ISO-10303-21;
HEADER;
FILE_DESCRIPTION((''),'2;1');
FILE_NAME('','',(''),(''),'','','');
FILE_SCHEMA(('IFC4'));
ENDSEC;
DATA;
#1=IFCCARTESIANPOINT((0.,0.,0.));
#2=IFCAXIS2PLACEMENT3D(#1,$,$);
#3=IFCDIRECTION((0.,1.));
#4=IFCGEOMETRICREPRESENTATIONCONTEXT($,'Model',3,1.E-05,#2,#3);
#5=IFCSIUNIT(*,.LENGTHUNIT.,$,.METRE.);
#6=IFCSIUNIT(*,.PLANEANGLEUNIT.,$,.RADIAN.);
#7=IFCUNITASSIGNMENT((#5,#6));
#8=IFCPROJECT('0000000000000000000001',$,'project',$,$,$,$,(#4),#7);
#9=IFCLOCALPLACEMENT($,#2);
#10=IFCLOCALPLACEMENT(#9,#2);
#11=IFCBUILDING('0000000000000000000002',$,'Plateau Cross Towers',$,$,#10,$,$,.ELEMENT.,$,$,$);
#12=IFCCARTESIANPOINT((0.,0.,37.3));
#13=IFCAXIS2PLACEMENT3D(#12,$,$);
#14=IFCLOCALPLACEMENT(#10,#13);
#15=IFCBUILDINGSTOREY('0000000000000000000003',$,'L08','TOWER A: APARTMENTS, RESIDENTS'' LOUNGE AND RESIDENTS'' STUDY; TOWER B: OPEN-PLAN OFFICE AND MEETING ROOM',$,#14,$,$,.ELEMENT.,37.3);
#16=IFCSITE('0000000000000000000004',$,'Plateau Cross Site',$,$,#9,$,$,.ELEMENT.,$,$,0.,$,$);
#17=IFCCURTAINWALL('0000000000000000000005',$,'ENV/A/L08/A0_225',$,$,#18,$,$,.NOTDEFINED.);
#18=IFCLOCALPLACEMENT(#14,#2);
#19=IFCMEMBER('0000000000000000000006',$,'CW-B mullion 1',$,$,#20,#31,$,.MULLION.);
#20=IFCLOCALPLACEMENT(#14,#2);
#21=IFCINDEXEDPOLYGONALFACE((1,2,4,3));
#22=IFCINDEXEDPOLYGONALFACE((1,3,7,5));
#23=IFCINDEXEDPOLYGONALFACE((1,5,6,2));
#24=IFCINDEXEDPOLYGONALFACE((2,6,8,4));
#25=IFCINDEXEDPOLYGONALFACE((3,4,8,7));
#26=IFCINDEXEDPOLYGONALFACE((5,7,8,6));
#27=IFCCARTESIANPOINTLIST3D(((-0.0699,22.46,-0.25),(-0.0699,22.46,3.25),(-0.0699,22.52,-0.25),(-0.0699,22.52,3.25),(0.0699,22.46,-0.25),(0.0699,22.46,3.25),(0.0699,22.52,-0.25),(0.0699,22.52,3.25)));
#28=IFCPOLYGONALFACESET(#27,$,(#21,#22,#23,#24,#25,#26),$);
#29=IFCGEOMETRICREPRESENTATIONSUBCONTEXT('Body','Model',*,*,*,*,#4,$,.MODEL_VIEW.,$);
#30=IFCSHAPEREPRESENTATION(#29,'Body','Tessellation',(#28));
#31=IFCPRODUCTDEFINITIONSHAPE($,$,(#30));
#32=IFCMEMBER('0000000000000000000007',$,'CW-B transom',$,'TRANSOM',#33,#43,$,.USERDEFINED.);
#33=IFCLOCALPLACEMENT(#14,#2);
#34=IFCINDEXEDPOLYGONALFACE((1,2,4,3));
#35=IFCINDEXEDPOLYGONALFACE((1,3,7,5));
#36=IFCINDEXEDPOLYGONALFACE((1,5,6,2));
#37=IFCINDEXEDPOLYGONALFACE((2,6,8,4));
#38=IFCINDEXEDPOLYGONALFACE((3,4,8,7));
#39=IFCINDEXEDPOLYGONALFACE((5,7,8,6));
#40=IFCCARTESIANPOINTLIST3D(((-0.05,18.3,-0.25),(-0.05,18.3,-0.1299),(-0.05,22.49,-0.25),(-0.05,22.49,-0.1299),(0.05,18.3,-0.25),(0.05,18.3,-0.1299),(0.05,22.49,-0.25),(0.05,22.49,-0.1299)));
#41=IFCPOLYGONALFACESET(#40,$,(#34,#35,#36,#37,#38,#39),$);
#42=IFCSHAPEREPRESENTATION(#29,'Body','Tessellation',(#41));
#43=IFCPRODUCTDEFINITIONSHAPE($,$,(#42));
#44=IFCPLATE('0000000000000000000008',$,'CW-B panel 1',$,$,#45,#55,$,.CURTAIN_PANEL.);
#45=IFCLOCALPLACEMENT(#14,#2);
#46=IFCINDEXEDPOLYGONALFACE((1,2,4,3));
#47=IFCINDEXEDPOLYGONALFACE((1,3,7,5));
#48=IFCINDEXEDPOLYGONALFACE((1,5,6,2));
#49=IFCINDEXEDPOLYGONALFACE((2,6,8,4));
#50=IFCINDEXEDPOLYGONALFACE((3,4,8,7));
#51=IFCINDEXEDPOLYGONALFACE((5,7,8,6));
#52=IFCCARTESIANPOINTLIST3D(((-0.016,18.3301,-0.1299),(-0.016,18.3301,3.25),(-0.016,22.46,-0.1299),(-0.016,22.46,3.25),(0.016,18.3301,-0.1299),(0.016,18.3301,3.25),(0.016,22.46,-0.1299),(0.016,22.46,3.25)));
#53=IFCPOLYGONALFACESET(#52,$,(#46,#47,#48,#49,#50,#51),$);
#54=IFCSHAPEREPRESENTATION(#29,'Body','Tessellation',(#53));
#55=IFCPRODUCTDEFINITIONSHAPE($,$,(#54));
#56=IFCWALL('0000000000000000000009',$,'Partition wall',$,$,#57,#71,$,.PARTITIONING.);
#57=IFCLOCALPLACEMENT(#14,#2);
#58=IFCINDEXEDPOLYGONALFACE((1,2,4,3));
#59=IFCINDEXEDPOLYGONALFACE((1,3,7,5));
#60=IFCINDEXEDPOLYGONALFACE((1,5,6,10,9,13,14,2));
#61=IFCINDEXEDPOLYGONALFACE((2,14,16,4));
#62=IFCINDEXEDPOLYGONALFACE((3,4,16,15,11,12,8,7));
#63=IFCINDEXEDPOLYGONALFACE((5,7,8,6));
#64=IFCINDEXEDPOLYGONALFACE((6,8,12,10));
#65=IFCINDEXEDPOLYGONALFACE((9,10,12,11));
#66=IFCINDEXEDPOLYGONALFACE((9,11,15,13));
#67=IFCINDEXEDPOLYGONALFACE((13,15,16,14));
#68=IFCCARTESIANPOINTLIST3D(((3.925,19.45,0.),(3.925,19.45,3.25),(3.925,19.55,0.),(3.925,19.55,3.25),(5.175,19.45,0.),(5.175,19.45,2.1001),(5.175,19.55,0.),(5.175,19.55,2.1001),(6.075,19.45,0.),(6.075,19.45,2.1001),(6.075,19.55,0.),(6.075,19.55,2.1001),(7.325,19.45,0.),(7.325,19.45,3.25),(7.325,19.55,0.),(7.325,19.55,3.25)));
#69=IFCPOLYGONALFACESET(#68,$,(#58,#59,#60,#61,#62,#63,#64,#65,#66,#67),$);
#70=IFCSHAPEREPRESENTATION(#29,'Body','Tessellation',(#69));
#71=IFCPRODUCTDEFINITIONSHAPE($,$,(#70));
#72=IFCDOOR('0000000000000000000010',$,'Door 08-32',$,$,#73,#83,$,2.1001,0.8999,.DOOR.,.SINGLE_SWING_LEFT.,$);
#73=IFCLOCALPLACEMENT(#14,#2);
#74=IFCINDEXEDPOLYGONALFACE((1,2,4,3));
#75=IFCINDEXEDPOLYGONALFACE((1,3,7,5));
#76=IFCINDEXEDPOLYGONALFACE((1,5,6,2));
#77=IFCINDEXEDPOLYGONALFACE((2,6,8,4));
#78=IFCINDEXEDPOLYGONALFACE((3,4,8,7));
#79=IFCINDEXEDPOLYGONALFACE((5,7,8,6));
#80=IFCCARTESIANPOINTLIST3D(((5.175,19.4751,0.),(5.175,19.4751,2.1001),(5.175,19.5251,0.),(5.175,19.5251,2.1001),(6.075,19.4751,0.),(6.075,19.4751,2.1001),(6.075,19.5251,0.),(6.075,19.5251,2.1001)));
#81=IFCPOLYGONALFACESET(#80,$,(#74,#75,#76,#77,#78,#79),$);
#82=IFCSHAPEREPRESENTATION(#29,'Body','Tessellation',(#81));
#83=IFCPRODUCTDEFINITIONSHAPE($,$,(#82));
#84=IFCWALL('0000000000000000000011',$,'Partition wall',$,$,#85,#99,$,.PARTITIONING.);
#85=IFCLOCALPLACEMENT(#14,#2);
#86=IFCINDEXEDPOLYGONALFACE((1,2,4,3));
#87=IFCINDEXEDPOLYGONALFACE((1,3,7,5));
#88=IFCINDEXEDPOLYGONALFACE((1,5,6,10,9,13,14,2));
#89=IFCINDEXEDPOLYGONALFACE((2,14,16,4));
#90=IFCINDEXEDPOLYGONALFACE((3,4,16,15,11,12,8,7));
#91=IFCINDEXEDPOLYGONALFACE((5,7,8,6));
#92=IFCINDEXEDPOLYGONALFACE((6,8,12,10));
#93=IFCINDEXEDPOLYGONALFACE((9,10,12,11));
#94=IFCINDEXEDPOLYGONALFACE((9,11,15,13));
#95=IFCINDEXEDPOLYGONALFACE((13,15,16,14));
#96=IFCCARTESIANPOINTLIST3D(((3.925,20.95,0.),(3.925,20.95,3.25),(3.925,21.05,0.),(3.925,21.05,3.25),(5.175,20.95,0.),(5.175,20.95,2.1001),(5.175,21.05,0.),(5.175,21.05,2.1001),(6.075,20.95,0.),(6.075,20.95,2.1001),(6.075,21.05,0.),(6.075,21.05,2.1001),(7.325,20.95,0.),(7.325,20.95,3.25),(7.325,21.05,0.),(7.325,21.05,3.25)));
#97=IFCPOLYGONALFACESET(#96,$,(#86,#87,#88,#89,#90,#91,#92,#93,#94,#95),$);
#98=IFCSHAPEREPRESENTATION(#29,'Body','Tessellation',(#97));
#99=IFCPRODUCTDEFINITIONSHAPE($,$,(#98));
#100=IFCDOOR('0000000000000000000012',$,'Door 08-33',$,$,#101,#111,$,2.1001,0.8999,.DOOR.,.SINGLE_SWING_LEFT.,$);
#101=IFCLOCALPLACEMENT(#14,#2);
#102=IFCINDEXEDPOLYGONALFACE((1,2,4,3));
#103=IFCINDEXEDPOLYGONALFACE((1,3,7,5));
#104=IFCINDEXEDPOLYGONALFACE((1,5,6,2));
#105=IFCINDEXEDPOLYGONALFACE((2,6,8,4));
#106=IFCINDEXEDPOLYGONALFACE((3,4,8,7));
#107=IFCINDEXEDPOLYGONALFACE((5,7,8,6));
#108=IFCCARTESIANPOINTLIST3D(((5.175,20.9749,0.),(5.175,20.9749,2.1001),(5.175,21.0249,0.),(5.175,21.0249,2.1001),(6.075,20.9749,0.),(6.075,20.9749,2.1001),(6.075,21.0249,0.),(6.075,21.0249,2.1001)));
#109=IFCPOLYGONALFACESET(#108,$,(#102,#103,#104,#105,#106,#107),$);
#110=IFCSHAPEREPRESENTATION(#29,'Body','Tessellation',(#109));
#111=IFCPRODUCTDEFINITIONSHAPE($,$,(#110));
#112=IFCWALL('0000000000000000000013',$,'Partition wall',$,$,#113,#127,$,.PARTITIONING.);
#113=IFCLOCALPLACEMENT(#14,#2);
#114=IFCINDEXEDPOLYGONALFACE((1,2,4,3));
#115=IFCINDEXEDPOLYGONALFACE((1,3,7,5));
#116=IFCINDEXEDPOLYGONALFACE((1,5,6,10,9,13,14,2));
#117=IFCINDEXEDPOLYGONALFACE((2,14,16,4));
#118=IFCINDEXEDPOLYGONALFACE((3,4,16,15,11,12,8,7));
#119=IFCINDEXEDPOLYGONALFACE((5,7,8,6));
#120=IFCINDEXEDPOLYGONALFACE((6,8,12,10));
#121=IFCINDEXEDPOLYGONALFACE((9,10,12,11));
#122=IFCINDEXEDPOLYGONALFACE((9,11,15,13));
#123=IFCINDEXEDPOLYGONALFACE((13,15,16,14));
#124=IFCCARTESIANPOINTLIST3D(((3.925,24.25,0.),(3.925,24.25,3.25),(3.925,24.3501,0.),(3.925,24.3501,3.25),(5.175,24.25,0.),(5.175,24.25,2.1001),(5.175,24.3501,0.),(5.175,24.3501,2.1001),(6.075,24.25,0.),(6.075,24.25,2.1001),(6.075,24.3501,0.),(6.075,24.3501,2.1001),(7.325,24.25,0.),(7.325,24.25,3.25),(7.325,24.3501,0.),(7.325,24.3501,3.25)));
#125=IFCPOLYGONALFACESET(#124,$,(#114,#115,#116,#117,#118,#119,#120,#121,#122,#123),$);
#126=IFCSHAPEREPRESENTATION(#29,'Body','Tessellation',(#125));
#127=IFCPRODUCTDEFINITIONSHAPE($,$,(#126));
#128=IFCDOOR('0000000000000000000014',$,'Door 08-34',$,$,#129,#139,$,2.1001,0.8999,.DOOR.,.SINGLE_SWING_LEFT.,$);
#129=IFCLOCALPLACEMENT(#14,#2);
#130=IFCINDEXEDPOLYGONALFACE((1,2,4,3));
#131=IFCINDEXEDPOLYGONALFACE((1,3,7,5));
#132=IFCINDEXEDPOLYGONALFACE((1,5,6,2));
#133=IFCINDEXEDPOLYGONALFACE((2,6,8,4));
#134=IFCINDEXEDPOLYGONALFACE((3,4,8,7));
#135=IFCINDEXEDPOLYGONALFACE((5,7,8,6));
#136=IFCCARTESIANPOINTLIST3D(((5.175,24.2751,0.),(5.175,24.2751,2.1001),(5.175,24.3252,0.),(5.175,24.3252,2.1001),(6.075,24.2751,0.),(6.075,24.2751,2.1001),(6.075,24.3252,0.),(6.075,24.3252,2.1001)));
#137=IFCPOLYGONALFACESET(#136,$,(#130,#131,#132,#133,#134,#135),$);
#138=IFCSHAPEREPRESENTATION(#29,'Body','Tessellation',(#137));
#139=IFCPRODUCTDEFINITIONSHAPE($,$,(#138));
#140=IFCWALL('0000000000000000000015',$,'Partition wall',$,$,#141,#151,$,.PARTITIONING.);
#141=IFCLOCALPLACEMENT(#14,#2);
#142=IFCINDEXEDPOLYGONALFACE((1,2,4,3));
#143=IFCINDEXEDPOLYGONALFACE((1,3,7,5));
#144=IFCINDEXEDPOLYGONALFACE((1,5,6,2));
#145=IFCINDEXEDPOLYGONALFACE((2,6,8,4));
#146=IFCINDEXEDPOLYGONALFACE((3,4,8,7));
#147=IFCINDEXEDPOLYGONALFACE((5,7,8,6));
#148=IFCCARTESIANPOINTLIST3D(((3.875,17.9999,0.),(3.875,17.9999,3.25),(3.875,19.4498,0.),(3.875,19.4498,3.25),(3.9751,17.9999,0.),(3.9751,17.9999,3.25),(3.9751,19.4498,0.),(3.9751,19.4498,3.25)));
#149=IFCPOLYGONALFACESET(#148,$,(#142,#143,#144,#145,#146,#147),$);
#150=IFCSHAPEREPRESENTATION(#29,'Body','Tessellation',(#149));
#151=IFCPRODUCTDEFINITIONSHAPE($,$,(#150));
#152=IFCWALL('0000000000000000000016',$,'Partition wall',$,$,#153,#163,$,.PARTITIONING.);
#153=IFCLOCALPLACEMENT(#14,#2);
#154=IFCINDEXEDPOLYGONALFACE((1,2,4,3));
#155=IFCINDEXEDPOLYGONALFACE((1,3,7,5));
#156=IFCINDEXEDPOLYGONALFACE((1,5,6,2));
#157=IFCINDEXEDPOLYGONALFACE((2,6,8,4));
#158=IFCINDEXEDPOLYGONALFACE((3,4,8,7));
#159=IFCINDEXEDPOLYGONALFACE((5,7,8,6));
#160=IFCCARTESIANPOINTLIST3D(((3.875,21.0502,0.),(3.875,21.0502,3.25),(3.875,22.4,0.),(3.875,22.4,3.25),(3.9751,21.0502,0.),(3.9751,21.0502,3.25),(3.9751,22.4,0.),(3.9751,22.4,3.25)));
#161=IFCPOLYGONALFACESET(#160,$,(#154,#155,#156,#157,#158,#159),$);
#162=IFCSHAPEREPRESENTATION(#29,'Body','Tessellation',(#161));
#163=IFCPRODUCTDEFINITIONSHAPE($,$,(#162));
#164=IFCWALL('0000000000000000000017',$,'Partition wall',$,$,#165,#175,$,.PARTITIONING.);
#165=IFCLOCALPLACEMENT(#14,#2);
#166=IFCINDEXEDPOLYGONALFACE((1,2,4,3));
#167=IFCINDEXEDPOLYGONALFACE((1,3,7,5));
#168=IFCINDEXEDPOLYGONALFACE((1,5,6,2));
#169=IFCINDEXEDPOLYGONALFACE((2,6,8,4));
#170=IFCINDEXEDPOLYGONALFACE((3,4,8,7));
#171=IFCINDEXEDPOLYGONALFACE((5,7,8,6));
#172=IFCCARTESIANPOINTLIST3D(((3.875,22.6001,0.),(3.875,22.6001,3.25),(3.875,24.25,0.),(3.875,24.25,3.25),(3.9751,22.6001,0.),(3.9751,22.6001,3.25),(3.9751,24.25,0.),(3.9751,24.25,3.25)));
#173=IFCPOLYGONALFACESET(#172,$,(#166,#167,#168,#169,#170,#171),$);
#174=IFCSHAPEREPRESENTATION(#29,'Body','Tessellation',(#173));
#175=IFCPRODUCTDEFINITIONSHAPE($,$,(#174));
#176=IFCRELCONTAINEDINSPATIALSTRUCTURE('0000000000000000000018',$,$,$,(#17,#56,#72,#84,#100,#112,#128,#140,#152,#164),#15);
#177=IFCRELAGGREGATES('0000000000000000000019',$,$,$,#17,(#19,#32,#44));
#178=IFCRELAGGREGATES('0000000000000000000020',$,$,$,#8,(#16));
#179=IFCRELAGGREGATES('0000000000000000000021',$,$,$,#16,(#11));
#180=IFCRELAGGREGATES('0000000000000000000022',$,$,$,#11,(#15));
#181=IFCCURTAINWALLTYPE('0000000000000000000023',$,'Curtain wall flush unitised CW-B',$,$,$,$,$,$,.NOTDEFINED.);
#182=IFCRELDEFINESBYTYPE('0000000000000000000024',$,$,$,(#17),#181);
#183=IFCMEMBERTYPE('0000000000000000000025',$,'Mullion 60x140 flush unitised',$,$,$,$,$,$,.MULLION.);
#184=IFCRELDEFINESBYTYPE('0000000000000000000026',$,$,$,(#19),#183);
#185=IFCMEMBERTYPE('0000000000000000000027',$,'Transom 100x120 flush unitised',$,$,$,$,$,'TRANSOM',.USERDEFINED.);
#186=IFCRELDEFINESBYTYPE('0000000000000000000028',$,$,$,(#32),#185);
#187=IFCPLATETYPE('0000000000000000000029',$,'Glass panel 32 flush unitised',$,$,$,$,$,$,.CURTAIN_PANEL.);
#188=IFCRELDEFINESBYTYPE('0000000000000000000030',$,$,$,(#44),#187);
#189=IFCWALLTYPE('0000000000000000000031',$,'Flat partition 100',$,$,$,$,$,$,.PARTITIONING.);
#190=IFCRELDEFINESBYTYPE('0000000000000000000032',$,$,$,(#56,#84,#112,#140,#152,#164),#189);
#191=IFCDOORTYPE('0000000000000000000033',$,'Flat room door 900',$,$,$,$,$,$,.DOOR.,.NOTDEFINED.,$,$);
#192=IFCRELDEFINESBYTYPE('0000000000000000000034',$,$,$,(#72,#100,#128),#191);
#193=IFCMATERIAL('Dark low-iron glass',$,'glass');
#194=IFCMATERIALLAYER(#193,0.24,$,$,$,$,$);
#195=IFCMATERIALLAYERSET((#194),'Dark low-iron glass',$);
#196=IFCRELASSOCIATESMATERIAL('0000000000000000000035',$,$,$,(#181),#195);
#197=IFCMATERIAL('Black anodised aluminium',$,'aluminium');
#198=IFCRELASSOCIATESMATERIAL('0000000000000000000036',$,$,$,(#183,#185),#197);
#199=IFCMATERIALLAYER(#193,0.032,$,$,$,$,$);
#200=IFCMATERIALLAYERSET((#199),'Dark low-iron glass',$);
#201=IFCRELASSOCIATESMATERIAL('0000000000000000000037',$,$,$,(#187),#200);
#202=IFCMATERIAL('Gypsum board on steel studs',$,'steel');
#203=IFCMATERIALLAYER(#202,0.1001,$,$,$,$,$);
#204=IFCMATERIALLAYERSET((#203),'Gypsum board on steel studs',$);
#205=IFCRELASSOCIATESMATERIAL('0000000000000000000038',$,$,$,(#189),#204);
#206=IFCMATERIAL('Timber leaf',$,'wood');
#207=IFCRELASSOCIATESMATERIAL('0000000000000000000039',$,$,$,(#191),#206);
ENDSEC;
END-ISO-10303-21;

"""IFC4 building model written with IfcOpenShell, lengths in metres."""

from ifc_helpers import new_model, si_unit, direction, frame, frame_2d, origin, origin_2d, place, context, subcontext, project, spatial, rectangle, extrude, material, layer, layer_set, material_profile, profile_set, type_object, element, fill, aggregate, save


model = new_model("IFC4")

# Units and contexts
model_context = context("Model", 3, precision=1e-05, world=origin(), true_north=direction((0.0, 1.0)))
body_context = subcontext(model_context, "Body", "Model", "MODEL_VIEW")
ifc_project = project(units=[si_unit("LENGTHUNIT", "METRE"), si_unit("PLANEANGLEUNIT", "RADIAN")], contexts=[model_context])

# Site, building, storey
site_placement = place(None, origin())
site = spatial("IfcSite", under=ifc_project, at=site_placement, Name="Plateau Cross Site", CompositionType="ELEMENT", RefElevation=0.0)
building_placement = place(site_placement, origin())
building = spatial("IfcBuilding", under=site, at=building_placement, Name="Plateau Cross Towers", CompositionType="ELEMENT")
storey_placement = place(building_placement, frame((0.0, 0.0, 37.3)))
storey = spatial("IfcBuildingStorey", under=building, at=storey_placement, Name="L08", Description="TOWER A: APARTMENTS, RESIDENTS' LOUNGE AND RESIDENTS' STUDY; TOWER B: OPEN-PLAN OFFICE AND MEETING ROOM", CompositionType="ELEMENT", Elevation=37.3)

# Curtain wall, members, plate
ifc_material_1 = material(Name="Dark low-iron glass", Category="glass")
ifc_layer_1 = layer(ifc_material_1, 0.24)
ifc_layer_set_1 = layer_set([ifc_layer_1], Name="Dark low-iron glass")
curtain_wall_type = type_object("IfcCurtainWallType", Name="Curtain wall flush unitised CW-B", PredefinedType="NOTDEFINED", material=ifc_layer_set_1)
curtain_wall_placement = place(storey_placement, origin())
curtain_wall = element("IfcCurtainWall", 1, at=curtain_wall_placement, inside=storey, type_object=curtain_wall_type, Name="ENV/A/L08/A0_225", PredefinedType="NOTDEFINED")
ifc_material_2 = material(Name="Black anodised aluminium", Category="aluminium")
ifc_material_profile_1 = material_profile(ifc_material_2, rectangle(XDim=0.0601, YDim=0.1399, at=origin_2d()), Name="MULLION 60x140")
ifc_profile_set_1 = profile_set([ifc_material_profile_1], Name="Black anodised aluminium")
member_type_1 = type_object("IfcMemberType", Name="Mullion 60x140 flush unitised", PredefinedType="MULLION", material=ifc_profile_set_1)
member_1_placement = place(storey_placement, frame((0.0, 22.49, -0.25), z_axis=(0.0, 0.0, 1.0), x_axis=(0.0, -1.0, 0.0)))
member_1 = element("IfcMember", 2, at=member_1_placement, type_object=member_type_1, Name="CW-B mullion 1", PredefinedType="MULLION", context=body_context, shape_type="SweptSolid", body=[
    extrude(rectangle(XDim=0.0601, YDim=0.1399, at=origin_2d()), origin(), (0.0, 0.0, 1.0), 3.5),
])
ifc_material_profile_2 = material_profile(ifc_material_2, rectangle(XDim=0.1001, YDim=0.1201, at=origin_2d()), Name="TRANSOM 100x120")
ifc_profile_set_2 = profile_set([ifc_material_profile_2], Name="Black anodised aluminium")
member_type_2 = type_object("IfcMemberType", Name="Transom 100x120 flush unitised", ElementType="TRANSOM", PredefinedType="USERDEFINED", material=ifc_profile_set_2)
member_2_placement = place(storey_placement, frame((0.0, 22.49, -0.1899), z_axis=(0.0, -1.0, 0.0), x_axis=(1.0, 0.0, 0.0)))
member_2 = element("IfcMember", 3, at=member_2_placement, type_object=member_type_2, Name="CW-B transom", ObjectType="TRANSOM", PredefinedType="USERDEFINED", context=body_context, shape_type="SweptSolid", body=[
    extrude(rectangle(XDim=0.1001, YDim=0.1201, at=origin_2d()), origin(), (0.0, 0.0, 1.0), 4.1899),
])
ifc_layer_2 = layer(ifc_material_1, 0.032)
ifc_layer_set_2 = layer_set([ifc_layer_2], Name="Dark low-iron glass")
plate_type = type_object("IfcPlateType", Name="Glass panel 32 flush unitised", PredefinedType="CURTAIN_PANEL", material=ifc_layer_set_2)
plate_placement = place(storey_placement, frame((0.0, 20.395, -0.1299), z_axis=(0.0, 0.0, 1.0), x_axis=(0.0, -1.0, 0.0)))
plate = element("IfcPlate", 4, at=plate_placement, type_object=plate_type, Name="CW-B panel 1", PredefinedType="CURTAIN_PANEL", context=body_context, shape_type="SweptSolid", body=[
    extrude(rectangle(XDim=4.1299, YDim=0.032, at=origin_2d()), origin(), (0.0, 0.0, 1.0), 3.3799),
])
aggregate(curtain_wall, [member_1, member_2, plate])

# Walls, openings, doors
ifc_material_3 = material(Name="Gypsum board on steel studs", Category="steel")
ifc_layer_3 = layer(ifc_material_3, 0.1001)
ifc_layer_set_3 = layer_set([ifc_layer_3], Name="Gypsum board on steel studs")
wall_type_1 = type_object("IfcWallType", Name="Flat partition 100", PredefinedType="PARTITIONING", material=ifc_layer_set_3)
wall_1_placement = place(storey_placement, frame((7.325, 19.5, 0.0), z_axis=(0.0, 0.0, 1.0), x_axis=(-1.0, 0.0, 0.0)))
wall_1 = element("IfcWall", 5, at=wall_1_placement, inside=storey, type_object=wall_type_1, Name="Partition wall", PredefinedType="PARTITIONING", context=body_context, shape_type="SweptSolid", body=[
    extrude(rectangle(XDim=3.3999, YDim=0.1001, at=frame_2d((1.7, 0.0))), origin(), (0.0, 0.0, 1.0), 3.25),
])
opening_1_placement = place(wall_1_placement, frame((1.25, 0.0, 0.0)))
opening_1 = element("IfcOpeningElement", 6, at=opening_1_placement, cuts=wall_1, PredefinedType="OPENING", context=body_context, shape_type="SweptSolid", body=[
    extrude(rectangle(XDim=0.8999, YDim=2.1001, at=frame_2d((0.45, 1.05))), frame((0.0, 0.0601, 0.0), z_axis=(0.0, -1.0, 0.0), x_axis=(1.0, 0.0, 0.0)), (0.0, 0.0, 1.0), 0.1201),
])
ifc_material_4 = material(Name="Timber leaf", Category="wood")
door_type_1 = type_object("IfcDoorType", Name="Flat room door 900", OperationType="NOTDEFINED", PredefinedType="DOOR", material=ifc_material_4)
door_1_placement = place(opening_1_placement, origin())
door_1 = element("IfcDoor", 7, at=door_1_placement, inside=storey, type_object=door_type_1, Name="Door 08-32", OperationType="SINGLE_SWING_LEFT", OverallHeight=2.1001, OverallWidth=0.8999, PredefinedType="DOOR", context=body_context, shape_type="SweptSolid", body=[
    extrude(rectangle(XDim=0.8999, YDim=2.1001, at=frame_2d((0.45, 1.05))), frame((0.0, 0.0249, 0.0), z_axis=(0.0, -1.0, 0.0), x_axis=(1.0, 0.0, 0.0)), (0.0, 0.0, 1.0), 0.05),
])
fill(opening_1, door_1)
wall_2_placement = place(storey_placement, frame((3.925, 21.0, 0.0), z_axis=(0.0, 0.0, 1.0), x_axis=(1.0, 0.0, 0.0)))
wall_2 = element("IfcWall", 8, at=wall_2_placement, inside=storey, type_object=wall_type_1, Name="Partition wall", PredefinedType="PARTITIONING", context=body_context, shape_type="SweptSolid", body=[
    extrude(rectangle(XDim=3.3999, YDim=0.1001, at=frame_2d((1.7, 0.0))), origin(), (0.0, 0.0, 1.0), 3.25),
])
opening_2_placement = place(wall_2_placement, frame((1.25, 0.0, 0.0)))
opening_2 = element("IfcOpeningElement", 9, at=opening_2_placement, cuts=wall_2, PredefinedType="OPENING", context=body_context, shape_type="SweptSolid", body=[
    extrude(rectangle(XDim=0.8999, YDim=2.1001, at=frame_2d((0.45, 1.05))), frame((0.0, 0.0601, 0.0), z_axis=(0.0, -1.0, 0.0), x_axis=(1.0, 0.0, 0.0)), (0.0, 0.0, 1.0), 0.1201),
])
door_2_placement = place(opening_2_placement, origin())
door_2 = element("IfcDoor", 10, at=door_2_placement, inside=storey, type_object=door_type_1, Name="Door 08-33", OperationType="SINGLE_SWING_LEFT", OverallHeight=2.1001, OverallWidth=0.8999, PredefinedType="DOOR", context=body_context, shape_type="SweptSolid", body=[
    extrude(rectangle(XDim=0.8999, YDim=2.1001, at=frame_2d((0.45, 1.05))), frame((0.0, 0.0249, 0.0), z_axis=(0.0, -1.0, 0.0), x_axis=(1.0, 0.0, 0.0)), (0.0, 0.0, 1.0), 0.05),
])
fill(opening_2, door_2)
wall_3_placement = place(storey_placement, frame((7.325, 24.3, 0.0), z_axis=(0.0, 0.0, 1.0), x_axis=(-1.0, 0.0, 0.0)))
wall_3 = element("IfcWall", 11, at=wall_3_placement, inside=storey, type_object=wall_type_1, Name="Partition wall", PredefinedType="PARTITIONING", context=body_context, shape_type="SweptSolid", body=[
    extrude(rectangle(XDim=3.3999, YDim=0.1001, at=frame_2d((1.7, 0.0))), origin(), (0.0, 0.0, 1.0), 3.25),
])
opening_3_placement = place(wall_3_placement, frame((1.25, 0.0, 0.0)))
opening_3 = element("IfcOpeningElement", 12, at=opening_3_placement, cuts=wall_3, PredefinedType="OPENING", context=body_context, shape_type="SweptSolid", body=[
    extrude(rectangle(XDim=0.8999, YDim=2.1001, at=frame_2d((0.45, 1.05))), frame((0.0, 0.0601, 0.0), z_axis=(0.0, -1.0, 0.0), x_axis=(1.0, 0.0, 0.0)), (0.0, 0.0, 1.0), 0.1201),
])
door_3_placement = place(opening_3_placement, origin())
door_3 = element("IfcDoor", 13, at=door_3_placement, inside=storey, type_object=door_type_1, Name="Door 08-34", OperationType="SINGLE_SWING_LEFT", OverallHeight=2.1001, OverallWidth=0.8999, PredefinedType="DOOR", context=body_context, shape_type="SweptSolid", body=[
    extrude(rectangle(XDim=0.8999, YDim=2.1001, at=frame_2d((0.45, 1.05))), frame((0.0, 0.0249, 0.0), z_axis=(0.0, -1.0, 0.0), x_axis=(1.0, 0.0, 0.0)), (0.0, 0.0, 1.0), 0.05),
])
fill(opening_3, door_3)

# Walls
wall_4_placement = place(storey_placement, frame((3.925, 19.45, 0.0), z_axis=(0.0, 0.0, 1.0), x_axis=(0.0, -1.0, 0.0)))
element("IfcWall", 14, at=wall_4_placement, inside=storey, type_object=wall_type_1, Name="Partition wall", PredefinedType="PARTITIONING", context=body_context, shape_type="SweptSolid", body=[
    extrude(rectangle(XDim=1.45, YDim=0.1001, at=frame_2d((0.7251, 0.0))), origin(), (0.0, 0.0, 1.0), 3.25),
])
wall_5_placement = place(storey_placement, frame((3.925, 22.3999, 0.0), z_axis=(0.0, 0.0, 1.0), x_axis=(0.0, -1.0, 0.0)))
element("IfcWall", 15, at=wall_5_placement, inside=storey, type_object=wall_type_1, Name="Partition wall", PredefinedType="PARTITIONING", context=body_context, shape_type="SweptSolid", body=[
    extrude(rectangle(XDim=1.3499, YDim=0.1001, at=frame_2d((0.6748, 0.0))), origin(), (0.0, 0.0, 1.0), 3.25),
])
wall_6_placement = place(storey_placement, frame((3.925, 24.25, 0.0), z_axis=(0.0, 0.0, 1.0), x_axis=(0.0, -1.0, 0.0)))
element("IfcWall", 16, at=wall_6_placement, inside=storey, type_object=wall_type_1, Name="Partition wall", PredefinedType="PARTITIONING", context=body_context, shape_type="SweptSolid", body=[
    extrude(rectangle(XDim=1.6499, YDim=0.1001, at=frame_2d((0.825, 0.0))), origin(), (0.0, 0.0, 1.0), 3.25),
])

save(model, "model.ifc")
